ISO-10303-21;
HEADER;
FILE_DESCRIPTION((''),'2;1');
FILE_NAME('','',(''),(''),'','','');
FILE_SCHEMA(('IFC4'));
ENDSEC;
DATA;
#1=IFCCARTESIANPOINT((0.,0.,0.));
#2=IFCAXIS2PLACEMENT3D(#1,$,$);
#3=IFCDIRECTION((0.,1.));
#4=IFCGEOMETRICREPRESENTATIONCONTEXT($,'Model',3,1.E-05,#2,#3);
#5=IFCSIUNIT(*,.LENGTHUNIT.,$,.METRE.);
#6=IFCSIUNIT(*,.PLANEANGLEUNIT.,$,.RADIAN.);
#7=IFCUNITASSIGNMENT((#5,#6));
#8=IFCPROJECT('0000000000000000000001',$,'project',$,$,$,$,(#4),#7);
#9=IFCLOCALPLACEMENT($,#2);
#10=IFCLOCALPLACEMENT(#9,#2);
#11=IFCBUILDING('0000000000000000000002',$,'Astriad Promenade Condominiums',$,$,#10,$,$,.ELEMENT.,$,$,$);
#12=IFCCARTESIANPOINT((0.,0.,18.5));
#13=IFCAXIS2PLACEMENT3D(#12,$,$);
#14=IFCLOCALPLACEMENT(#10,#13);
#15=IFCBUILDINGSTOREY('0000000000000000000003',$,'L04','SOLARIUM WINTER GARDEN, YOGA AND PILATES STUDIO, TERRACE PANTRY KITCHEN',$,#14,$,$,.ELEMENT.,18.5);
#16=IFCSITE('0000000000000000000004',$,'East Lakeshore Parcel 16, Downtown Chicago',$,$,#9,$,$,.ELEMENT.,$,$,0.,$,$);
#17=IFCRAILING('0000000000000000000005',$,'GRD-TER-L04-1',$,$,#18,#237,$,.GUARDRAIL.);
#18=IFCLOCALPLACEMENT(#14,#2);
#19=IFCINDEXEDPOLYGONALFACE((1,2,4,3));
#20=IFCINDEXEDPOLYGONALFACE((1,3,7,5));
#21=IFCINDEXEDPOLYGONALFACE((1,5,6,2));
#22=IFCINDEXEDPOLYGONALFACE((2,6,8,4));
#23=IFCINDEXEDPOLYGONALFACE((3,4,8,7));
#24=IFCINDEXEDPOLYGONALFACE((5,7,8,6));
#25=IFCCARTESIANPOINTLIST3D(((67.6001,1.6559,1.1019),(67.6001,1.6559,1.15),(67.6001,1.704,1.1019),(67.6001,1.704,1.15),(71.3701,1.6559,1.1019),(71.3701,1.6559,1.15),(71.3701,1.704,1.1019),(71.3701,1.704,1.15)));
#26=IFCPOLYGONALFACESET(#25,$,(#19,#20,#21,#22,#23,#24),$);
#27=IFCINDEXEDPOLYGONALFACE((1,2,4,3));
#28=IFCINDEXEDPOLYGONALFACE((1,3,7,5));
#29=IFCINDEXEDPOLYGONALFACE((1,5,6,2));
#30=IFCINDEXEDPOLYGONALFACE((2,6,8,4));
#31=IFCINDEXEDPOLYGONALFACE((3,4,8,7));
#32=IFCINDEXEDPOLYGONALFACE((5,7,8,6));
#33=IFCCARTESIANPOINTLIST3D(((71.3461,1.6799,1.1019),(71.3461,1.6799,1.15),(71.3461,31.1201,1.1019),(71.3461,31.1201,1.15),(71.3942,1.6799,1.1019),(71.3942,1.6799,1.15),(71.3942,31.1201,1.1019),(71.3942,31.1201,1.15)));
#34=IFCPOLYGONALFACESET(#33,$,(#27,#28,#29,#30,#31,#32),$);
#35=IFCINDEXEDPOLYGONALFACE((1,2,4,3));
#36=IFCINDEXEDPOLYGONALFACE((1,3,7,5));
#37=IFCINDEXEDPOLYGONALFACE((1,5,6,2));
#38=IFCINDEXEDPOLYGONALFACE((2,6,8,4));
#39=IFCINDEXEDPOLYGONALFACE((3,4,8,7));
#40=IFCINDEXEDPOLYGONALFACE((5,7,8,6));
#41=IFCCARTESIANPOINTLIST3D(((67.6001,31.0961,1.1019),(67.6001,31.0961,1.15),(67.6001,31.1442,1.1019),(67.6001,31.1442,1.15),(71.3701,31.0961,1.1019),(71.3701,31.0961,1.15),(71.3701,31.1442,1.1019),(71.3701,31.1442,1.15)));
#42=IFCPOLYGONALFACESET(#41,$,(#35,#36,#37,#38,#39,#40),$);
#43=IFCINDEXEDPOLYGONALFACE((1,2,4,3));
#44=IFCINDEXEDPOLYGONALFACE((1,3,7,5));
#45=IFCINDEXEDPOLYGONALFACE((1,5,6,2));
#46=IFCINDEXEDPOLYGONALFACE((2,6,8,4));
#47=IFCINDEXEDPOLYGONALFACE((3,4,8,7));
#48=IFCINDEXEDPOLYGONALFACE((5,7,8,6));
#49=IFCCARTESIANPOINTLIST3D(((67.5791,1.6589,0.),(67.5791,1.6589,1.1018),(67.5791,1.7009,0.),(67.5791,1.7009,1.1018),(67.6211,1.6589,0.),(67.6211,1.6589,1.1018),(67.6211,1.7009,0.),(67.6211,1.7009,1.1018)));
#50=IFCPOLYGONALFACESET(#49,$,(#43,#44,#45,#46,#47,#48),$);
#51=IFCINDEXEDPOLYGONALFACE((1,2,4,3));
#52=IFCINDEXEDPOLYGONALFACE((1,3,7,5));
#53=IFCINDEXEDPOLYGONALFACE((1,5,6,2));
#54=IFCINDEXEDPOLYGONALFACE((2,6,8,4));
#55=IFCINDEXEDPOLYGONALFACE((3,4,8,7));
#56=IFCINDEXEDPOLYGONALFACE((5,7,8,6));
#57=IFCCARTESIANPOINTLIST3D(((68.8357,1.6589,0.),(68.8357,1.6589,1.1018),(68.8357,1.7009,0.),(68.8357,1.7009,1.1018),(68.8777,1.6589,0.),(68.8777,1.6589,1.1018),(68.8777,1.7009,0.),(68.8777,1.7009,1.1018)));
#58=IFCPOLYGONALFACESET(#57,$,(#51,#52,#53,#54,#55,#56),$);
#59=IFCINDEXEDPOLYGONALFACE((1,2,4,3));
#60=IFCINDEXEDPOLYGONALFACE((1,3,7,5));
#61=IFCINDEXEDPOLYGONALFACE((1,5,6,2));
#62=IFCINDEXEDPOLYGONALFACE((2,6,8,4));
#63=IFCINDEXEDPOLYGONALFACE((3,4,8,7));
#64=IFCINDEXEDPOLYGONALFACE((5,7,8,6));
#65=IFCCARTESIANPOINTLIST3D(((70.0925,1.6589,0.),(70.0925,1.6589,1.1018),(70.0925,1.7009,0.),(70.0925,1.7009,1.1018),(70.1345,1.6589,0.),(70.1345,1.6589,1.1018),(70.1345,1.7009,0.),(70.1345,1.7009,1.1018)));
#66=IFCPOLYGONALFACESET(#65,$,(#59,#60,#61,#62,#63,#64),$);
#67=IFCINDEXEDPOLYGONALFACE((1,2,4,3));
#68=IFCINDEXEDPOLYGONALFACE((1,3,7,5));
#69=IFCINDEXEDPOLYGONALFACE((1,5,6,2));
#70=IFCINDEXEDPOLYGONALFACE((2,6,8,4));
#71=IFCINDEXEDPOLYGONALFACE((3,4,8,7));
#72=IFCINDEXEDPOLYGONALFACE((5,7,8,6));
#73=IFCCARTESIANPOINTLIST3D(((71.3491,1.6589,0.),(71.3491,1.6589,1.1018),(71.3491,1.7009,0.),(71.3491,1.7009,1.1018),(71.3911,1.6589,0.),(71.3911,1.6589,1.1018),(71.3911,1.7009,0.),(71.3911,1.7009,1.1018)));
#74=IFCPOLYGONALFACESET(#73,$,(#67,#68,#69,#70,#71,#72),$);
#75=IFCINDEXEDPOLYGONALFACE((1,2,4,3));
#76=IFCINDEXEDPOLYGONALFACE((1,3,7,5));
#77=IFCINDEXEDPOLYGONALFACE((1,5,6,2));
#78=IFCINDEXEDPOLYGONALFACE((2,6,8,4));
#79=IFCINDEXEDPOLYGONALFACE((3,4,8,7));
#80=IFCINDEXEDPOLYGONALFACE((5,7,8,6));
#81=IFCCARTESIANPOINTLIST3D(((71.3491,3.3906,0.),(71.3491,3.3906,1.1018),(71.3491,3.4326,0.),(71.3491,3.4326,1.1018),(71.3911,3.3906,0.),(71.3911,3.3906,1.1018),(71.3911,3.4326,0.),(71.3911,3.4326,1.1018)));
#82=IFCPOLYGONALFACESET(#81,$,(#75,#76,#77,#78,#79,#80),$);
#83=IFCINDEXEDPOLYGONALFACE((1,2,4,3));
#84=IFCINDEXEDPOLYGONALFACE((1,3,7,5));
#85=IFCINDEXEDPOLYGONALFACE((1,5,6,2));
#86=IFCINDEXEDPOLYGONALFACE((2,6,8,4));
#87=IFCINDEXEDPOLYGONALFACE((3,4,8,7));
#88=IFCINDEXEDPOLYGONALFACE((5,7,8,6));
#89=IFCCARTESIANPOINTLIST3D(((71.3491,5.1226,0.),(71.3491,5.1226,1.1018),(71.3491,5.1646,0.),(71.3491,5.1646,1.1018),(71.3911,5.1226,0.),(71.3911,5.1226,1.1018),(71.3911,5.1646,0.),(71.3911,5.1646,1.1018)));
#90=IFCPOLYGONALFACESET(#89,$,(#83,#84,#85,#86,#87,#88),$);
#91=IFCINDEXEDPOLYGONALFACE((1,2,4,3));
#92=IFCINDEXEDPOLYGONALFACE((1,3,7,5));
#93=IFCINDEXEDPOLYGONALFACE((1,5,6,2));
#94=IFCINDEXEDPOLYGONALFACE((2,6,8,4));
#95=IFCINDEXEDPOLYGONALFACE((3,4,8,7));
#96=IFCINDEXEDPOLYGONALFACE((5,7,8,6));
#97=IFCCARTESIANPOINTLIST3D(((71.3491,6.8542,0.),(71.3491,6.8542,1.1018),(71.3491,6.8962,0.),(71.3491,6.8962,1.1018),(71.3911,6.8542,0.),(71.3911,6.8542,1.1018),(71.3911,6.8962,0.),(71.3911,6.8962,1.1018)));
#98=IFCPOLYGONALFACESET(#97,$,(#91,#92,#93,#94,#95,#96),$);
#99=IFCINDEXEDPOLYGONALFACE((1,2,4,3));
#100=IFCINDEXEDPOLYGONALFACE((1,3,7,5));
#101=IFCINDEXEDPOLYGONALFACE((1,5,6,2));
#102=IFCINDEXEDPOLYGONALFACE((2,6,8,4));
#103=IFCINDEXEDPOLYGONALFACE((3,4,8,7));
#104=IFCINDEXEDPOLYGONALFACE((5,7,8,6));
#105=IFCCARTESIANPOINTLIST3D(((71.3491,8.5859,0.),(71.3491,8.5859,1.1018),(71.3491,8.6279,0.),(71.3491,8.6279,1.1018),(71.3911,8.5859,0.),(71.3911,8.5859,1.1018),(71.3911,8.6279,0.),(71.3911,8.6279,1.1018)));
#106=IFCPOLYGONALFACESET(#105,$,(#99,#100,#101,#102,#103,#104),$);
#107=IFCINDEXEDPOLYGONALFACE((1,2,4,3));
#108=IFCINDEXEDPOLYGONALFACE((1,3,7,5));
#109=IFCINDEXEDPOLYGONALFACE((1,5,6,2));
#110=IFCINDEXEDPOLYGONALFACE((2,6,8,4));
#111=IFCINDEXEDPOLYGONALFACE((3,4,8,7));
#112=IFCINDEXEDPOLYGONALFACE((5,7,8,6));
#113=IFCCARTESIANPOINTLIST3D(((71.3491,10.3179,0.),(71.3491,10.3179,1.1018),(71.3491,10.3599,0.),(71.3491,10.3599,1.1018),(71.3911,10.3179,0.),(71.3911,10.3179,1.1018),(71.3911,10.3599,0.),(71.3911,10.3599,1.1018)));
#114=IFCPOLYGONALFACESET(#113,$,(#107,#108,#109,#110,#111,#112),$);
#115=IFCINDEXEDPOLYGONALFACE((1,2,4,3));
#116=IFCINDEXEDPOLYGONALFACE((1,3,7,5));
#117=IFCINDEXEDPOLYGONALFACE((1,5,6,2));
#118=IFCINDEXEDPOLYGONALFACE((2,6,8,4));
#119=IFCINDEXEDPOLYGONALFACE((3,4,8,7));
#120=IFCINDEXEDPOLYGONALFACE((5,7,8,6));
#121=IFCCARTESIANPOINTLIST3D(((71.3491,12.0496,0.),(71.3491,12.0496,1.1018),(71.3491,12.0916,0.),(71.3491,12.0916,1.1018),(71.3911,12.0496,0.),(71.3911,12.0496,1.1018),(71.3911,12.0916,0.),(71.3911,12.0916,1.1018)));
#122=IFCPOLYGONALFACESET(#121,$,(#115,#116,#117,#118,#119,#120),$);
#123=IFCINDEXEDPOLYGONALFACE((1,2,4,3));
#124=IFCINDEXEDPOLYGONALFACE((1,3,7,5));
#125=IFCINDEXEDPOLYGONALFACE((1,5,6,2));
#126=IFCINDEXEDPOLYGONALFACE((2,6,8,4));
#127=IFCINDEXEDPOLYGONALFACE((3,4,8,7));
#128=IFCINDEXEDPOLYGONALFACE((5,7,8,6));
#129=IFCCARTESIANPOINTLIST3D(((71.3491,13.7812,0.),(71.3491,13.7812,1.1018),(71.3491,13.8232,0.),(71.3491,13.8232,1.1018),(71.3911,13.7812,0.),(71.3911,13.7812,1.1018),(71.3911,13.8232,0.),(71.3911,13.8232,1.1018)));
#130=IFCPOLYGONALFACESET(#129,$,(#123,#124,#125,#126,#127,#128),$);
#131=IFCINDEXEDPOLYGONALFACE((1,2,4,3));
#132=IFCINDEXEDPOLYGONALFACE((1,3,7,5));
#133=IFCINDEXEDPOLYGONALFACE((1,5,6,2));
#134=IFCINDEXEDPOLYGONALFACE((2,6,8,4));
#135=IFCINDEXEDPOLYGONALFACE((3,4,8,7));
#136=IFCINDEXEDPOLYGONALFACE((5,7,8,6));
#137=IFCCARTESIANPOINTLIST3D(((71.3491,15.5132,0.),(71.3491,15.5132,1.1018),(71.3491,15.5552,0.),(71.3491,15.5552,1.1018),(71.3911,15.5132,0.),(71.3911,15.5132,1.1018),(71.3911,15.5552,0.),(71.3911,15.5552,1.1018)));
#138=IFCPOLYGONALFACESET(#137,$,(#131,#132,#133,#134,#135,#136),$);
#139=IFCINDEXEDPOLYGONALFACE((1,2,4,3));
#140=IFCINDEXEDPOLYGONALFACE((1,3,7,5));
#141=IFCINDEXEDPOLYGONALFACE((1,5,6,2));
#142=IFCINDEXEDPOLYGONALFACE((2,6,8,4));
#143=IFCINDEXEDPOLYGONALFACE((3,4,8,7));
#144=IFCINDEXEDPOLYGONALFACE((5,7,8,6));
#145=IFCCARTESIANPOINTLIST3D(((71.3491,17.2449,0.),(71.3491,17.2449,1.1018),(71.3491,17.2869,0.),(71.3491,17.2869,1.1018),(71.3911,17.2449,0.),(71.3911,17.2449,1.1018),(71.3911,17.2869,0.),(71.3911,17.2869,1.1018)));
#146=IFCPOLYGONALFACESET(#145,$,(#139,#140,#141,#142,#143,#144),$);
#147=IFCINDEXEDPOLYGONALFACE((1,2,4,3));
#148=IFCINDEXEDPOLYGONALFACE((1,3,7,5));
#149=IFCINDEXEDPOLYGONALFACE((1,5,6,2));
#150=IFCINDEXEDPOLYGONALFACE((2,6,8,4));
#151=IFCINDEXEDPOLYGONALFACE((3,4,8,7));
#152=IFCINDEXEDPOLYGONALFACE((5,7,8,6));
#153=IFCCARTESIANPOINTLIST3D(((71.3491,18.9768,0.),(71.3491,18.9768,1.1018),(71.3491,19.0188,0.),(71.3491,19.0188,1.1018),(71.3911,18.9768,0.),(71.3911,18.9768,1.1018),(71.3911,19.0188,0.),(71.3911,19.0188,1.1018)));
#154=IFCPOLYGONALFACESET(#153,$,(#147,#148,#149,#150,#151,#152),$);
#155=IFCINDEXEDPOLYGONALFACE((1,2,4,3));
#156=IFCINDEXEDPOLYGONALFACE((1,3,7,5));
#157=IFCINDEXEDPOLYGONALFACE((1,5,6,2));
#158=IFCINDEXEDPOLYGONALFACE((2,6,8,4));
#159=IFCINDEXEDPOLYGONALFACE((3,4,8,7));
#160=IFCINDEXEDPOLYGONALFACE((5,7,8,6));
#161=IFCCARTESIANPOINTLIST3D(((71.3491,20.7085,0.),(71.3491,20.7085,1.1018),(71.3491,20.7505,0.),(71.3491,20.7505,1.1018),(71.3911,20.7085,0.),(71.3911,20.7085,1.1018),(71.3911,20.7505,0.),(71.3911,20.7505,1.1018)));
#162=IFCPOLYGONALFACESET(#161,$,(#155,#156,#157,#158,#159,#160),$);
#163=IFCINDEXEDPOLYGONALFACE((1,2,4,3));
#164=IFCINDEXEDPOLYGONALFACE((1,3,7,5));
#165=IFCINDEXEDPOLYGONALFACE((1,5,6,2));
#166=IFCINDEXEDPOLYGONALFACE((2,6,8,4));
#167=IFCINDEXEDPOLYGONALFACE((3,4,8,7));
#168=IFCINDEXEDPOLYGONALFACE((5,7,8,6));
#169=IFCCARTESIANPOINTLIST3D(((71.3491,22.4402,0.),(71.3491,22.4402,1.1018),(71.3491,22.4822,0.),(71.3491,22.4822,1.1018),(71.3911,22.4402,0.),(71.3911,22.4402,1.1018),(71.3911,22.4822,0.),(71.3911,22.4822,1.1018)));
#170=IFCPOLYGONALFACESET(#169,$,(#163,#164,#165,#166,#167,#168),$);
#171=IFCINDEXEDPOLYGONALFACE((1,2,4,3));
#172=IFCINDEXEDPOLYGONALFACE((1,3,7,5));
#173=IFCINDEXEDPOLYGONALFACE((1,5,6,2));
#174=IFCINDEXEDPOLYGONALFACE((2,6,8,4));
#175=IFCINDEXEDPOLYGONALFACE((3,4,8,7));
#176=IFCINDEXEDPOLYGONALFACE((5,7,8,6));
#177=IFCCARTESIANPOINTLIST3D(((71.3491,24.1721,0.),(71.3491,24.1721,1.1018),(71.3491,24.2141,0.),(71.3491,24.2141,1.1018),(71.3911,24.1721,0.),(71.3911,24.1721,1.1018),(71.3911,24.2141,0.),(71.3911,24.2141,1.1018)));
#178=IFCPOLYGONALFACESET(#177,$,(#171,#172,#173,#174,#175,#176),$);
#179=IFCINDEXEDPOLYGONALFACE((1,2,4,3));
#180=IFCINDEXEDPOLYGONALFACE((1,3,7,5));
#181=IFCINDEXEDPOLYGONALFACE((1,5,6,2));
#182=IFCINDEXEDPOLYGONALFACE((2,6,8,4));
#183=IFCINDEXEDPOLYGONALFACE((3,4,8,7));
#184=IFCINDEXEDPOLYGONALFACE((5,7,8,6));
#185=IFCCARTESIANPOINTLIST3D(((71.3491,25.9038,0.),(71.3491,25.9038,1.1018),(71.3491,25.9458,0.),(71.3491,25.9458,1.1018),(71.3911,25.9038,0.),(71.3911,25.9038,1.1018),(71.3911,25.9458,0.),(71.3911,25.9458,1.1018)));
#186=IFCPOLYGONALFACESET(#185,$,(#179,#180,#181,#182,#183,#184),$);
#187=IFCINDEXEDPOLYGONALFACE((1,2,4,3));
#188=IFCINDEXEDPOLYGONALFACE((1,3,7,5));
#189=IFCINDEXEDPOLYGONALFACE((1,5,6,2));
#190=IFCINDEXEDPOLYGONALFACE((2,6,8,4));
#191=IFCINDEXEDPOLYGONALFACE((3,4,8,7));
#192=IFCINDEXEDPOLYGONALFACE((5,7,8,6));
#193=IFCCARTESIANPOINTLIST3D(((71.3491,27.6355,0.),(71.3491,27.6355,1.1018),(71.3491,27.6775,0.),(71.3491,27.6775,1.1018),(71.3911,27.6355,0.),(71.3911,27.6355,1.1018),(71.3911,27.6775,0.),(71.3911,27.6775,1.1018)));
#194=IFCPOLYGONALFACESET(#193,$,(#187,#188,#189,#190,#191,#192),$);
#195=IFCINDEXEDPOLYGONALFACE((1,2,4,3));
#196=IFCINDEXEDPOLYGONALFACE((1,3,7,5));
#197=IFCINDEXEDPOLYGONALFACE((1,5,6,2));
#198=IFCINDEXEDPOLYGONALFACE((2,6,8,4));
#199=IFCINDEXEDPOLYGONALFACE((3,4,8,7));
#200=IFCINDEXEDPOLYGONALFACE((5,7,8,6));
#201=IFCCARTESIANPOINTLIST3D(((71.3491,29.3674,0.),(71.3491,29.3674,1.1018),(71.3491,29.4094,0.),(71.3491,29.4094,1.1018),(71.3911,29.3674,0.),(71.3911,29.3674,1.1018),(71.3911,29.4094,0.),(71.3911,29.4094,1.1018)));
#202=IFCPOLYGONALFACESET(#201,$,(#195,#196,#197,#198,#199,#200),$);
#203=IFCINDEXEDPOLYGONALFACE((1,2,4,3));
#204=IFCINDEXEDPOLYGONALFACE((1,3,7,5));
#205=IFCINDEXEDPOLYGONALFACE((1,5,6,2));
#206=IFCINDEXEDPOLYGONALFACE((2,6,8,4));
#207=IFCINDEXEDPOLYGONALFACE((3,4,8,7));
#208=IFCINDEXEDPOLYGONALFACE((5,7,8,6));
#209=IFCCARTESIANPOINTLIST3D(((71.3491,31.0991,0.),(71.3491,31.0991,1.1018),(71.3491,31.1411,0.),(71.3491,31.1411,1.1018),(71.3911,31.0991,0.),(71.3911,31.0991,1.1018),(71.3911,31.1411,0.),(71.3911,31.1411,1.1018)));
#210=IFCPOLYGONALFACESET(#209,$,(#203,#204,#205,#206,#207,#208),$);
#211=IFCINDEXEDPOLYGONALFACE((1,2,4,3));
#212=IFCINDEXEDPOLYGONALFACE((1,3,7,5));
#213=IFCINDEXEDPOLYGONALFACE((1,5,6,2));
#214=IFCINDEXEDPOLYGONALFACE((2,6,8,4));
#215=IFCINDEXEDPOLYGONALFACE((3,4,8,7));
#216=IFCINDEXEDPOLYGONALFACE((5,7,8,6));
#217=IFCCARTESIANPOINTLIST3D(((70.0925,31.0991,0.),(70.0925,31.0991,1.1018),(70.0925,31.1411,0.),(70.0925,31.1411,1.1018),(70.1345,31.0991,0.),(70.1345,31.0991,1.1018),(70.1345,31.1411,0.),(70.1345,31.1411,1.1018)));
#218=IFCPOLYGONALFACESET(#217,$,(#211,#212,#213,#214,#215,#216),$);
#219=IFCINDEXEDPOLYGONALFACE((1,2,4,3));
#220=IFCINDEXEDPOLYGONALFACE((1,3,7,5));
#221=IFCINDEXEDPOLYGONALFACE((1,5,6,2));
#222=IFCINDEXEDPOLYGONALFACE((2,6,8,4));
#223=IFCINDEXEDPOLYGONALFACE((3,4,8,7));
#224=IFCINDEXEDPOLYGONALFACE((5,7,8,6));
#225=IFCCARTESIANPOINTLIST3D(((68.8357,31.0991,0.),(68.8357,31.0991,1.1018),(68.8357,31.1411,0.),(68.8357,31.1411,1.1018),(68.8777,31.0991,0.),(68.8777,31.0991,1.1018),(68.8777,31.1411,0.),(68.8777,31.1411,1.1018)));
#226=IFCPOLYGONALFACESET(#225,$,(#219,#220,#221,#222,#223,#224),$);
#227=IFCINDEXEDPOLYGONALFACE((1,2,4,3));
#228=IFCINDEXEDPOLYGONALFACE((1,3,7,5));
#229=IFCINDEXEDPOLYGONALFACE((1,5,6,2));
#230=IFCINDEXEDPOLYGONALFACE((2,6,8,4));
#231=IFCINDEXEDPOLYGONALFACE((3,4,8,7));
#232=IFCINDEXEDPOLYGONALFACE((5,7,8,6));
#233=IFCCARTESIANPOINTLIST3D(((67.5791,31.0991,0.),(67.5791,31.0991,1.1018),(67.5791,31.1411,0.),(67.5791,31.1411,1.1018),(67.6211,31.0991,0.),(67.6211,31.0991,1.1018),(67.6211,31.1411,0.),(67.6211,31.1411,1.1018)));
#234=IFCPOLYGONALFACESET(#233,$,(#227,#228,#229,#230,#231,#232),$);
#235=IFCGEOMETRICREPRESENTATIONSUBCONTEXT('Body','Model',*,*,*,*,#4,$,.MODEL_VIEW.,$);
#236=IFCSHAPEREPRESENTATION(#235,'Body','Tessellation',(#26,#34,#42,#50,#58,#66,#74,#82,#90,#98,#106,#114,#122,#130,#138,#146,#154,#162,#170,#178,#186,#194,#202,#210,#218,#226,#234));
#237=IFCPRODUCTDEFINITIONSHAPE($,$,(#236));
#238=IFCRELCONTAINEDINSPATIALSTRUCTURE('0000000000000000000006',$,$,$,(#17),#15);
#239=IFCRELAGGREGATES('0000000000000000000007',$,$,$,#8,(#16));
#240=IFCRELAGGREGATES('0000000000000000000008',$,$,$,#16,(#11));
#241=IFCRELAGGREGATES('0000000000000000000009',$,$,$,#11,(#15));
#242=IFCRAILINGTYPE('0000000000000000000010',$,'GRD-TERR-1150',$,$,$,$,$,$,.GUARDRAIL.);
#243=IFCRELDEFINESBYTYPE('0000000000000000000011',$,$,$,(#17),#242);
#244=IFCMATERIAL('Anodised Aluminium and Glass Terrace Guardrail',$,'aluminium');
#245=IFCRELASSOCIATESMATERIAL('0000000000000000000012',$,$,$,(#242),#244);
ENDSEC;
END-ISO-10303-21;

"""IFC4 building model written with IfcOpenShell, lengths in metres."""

from ifc_helpers import new_model, si_unit, direction, frame, origin, origin_2d, place, context, subcontext, project, spatial, rectangle, extrude, source, transform, mapped, material, type_object, element, save


model = new_model("IFC4")

# Units and contexts
model_context = context("Model", 3, precision=1e-05, world=origin(), true_north=direction((0.0, 1.0)))
body_context = subcontext(model_context, "Body", "Model", "MODEL_VIEW")
ifc_project = project(units=[si_unit("LENGTHUNIT", "METRE"), si_unit("PLANEANGLEUNIT", "RADIAN")], contexts=[model_context])

# Site, building, storey
site_placement = place(None, origin())
site = spatial("IfcSite", under=ifc_project, at=site_placement, Name="East Lakeshore Parcel 16, Downtown Chicago", CompositionType="ELEMENT", RefElevation=0.0)
building_placement = place(site_placement, origin())
building = spatial("IfcBuilding", under=site, at=building_placement, Name="Astriad Promenade Condominiums", CompositionType="ELEMENT")
storey_placement = place(building_placement, frame((0.0, 0.0, 18.5)))
storey = spatial("IfcBuildingStorey", under=building, at=storey_placement, Name="L04", Description="SOLARIUM WINTER GARDEN, YOGA AND PILATES STUDIO, TERRACE PANTRY KITCHEN", CompositionType="ELEMENT", Elevation=18.5)

# Railing
ifc_material_1 = material(Name="Anodised Aluminium and Glass Terrace Guardrail", Category="aluminium")
railing_type = type_object("IfcRailingType", Name="GRD-TERR-1150", PredefinedType="GUARDRAIL", material=ifc_material_1)
shared_shape_1 = source(origin(), body_context, "Body", "SweptSolid", [
    extrude(rectangle(XDim=0.0481, YDim=0.0481, at=origin_2d()), frame((0.0, 0.0, 1.126), z_axis=(1.0, 0.0, 0.0), x_axis=(0.0, 1.0, 0.0)), (0.0, 0.0, 1.0), 3.77),
    extrude(rectangle(XDim=0.0481, YDim=0.0481, at=origin_2d()), frame((3.77, 0.0, 1.126), z_axis=(0.0, 1.0, 0.0), x_axis=(-1.0, 0.0, 0.0)), (0.0, 0.0, 1.0), 29.4402),
    extrude(rectangle(XDim=0.0481, YDim=0.0481, at=origin_2d()), frame((3.77, 29.4402, 1.126), z_axis=(-1.0, 0.0, 0.0), x_axis=(0.0, -1.0, 0.0)), (0.0, 0.0, 1.0), 3.77),
    extrude(rectangle(XDim=0.042, YDim=0.042, at=origin_2d()), origin(), (0.0, 0.0, 1.0), 1.1018),
    extrude(rectangle(XDim=0.042, YDim=0.042, at=origin_2d()), frame((1.2566, 0.0, 0.0)), (0.0, 0.0, 1.0), 1.1018),
    extrude(rectangle(XDim=0.042, YDim=0.042, at=origin_2d()), frame((2.5134, 0.0, 0.0)), (0.0, 0.0, 1.0), 1.1018),
    extrude(rectangle(XDim=0.042, YDim=0.042, at=origin_2d()), frame((3.77, 0.0, 0.0)), (0.0, 0.0, 1.0), 1.1018),
    extrude(rectangle(XDim=0.042, YDim=0.042, at=origin_2d()), frame((3.77, 1.7317, 0.0)), (0.0, 0.0, 1.0), 1.1018),
    extrude(rectangle(XDim=0.042, YDim=0.042, at=origin_2d()), frame((3.77, 3.4636, 0.0)), (0.0, 0.0, 1.0), 1.1018),
    extrude(rectangle(XDim=0.042, YDim=0.042, at=origin_2d()), frame((3.77, 5.1953, 0.0)), (0.0, 0.0, 1.0), 1.1018),
    extrude(rectangle(XDim=0.042, YDim=0.042, at=origin_2d()), frame((3.77, 6.927, 0.0)), (0.0, 0.0, 1.0), 1.1018),
    extrude(rectangle(XDim=0.042, YDim=0.042, at=origin_2d()), frame((3.77, 8.6589, 0.0)), (0.0, 0.0, 1.0), 1.1018),
    extrude(rectangle(XDim=0.042, YDim=0.042, at=origin_2d()), frame((3.77, 10.3906, 0.0)), (0.0, 0.0, 1.0), 1.1018),
    extrude(rectangle(XDim=0.042, YDim=0.042, at=origin_2d()), frame((3.77, 12.1223, 0.0)), (0.0, 0.0, 1.0), 1.1018),
    extrude(rectangle(XDim=0.042, YDim=0.042, at=origin_2d()), frame((3.77, 13.8542, 0.0)), (0.0, 0.0, 1.0), 1.1018),
    extrude(rectangle(XDim=0.042, YDim=0.042, at=origin_2d()), frame((3.77, 15.5859, 0.0)), (0.0, 0.0, 1.0), 1.1018),
    extrude(rectangle(XDim=0.042, YDim=0.042, at=origin_2d()), frame((3.77, 17.3179, 0.0)), (0.0, 0.0, 1.0), 1.1018),
    extrude(rectangle(XDim=0.042, YDim=0.042, at=origin_2d()), frame((3.77, 19.0496, 0.0)), (0.0, 0.0, 1.0), 1.1018),
    extrude(rectangle(XDim=0.042, YDim=0.042, at=origin_2d()), frame((3.77, 20.7812, 0.0)), (0.0, 0.0, 1.0), 1.1018),
    extrude(rectangle(XDim=0.042, YDim=0.042, at=origin_2d()), frame((3.77, 22.5132, 0.0)), (0.0, 0.0, 1.0), 1.1018),
    extrude(rectangle(XDim=0.042, YDim=0.042, at=origin_2d()), frame((3.77, 24.2449, 0.0)), (0.0, 0.0, 1.0), 1.1018),
    extrude(rectangle(XDim=0.042, YDim=0.042, at=origin_2d()), frame((3.77, 25.9766, 0.0)), (0.0, 0.0, 1.0), 1.1018),
    extrude(rectangle(XDim=0.042, YDim=0.042, at=origin_2d()), frame((3.77, 27.7085, 0.0)), (0.0, 0.0, 1.0), 1.1018),
    extrude(rectangle(XDim=0.042, YDim=0.042, at=origin_2d()), frame((3.77, 29.4402, 0.0)), (0.0, 0.0, 1.0), 1.1018),
    extrude(rectangle(XDim=0.042, YDim=0.042, at=origin_2d()), frame((2.5134, 29.4402, 0.0)), (0.0, 0.0, 1.0), 1.1018),
    extrude(rectangle(XDim=0.042, YDim=0.042, at=origin_2d()), frame((1.2566, 29.4402, 0.0)), (0.0, 0.0, 1.0), 1.1018),
    extrude(rectangle(XDim=0.042, YDim=0.042, at=origin_2d()), frame((0.0, 29.4402, 0.0)), (0.0, 0.0, 1.0), 1.1018),
])
railing_1_placement = place(storey_placement, frame((67.6001, 1.6799, 0.0)))
element("IfcRailing", 1, at=railing_1_placement, inside=storey, type_object=railing_type, Name="GRD-TER-L04-1", PredefinedType="GUARDRAIL", context=body_context, shape_type="MappedRepresentation", body=[
    mapped(shared_shape_1, transform((0.0, 0.0, 0.0), scale=1.0)),
])

save(model, "model.ifc")
